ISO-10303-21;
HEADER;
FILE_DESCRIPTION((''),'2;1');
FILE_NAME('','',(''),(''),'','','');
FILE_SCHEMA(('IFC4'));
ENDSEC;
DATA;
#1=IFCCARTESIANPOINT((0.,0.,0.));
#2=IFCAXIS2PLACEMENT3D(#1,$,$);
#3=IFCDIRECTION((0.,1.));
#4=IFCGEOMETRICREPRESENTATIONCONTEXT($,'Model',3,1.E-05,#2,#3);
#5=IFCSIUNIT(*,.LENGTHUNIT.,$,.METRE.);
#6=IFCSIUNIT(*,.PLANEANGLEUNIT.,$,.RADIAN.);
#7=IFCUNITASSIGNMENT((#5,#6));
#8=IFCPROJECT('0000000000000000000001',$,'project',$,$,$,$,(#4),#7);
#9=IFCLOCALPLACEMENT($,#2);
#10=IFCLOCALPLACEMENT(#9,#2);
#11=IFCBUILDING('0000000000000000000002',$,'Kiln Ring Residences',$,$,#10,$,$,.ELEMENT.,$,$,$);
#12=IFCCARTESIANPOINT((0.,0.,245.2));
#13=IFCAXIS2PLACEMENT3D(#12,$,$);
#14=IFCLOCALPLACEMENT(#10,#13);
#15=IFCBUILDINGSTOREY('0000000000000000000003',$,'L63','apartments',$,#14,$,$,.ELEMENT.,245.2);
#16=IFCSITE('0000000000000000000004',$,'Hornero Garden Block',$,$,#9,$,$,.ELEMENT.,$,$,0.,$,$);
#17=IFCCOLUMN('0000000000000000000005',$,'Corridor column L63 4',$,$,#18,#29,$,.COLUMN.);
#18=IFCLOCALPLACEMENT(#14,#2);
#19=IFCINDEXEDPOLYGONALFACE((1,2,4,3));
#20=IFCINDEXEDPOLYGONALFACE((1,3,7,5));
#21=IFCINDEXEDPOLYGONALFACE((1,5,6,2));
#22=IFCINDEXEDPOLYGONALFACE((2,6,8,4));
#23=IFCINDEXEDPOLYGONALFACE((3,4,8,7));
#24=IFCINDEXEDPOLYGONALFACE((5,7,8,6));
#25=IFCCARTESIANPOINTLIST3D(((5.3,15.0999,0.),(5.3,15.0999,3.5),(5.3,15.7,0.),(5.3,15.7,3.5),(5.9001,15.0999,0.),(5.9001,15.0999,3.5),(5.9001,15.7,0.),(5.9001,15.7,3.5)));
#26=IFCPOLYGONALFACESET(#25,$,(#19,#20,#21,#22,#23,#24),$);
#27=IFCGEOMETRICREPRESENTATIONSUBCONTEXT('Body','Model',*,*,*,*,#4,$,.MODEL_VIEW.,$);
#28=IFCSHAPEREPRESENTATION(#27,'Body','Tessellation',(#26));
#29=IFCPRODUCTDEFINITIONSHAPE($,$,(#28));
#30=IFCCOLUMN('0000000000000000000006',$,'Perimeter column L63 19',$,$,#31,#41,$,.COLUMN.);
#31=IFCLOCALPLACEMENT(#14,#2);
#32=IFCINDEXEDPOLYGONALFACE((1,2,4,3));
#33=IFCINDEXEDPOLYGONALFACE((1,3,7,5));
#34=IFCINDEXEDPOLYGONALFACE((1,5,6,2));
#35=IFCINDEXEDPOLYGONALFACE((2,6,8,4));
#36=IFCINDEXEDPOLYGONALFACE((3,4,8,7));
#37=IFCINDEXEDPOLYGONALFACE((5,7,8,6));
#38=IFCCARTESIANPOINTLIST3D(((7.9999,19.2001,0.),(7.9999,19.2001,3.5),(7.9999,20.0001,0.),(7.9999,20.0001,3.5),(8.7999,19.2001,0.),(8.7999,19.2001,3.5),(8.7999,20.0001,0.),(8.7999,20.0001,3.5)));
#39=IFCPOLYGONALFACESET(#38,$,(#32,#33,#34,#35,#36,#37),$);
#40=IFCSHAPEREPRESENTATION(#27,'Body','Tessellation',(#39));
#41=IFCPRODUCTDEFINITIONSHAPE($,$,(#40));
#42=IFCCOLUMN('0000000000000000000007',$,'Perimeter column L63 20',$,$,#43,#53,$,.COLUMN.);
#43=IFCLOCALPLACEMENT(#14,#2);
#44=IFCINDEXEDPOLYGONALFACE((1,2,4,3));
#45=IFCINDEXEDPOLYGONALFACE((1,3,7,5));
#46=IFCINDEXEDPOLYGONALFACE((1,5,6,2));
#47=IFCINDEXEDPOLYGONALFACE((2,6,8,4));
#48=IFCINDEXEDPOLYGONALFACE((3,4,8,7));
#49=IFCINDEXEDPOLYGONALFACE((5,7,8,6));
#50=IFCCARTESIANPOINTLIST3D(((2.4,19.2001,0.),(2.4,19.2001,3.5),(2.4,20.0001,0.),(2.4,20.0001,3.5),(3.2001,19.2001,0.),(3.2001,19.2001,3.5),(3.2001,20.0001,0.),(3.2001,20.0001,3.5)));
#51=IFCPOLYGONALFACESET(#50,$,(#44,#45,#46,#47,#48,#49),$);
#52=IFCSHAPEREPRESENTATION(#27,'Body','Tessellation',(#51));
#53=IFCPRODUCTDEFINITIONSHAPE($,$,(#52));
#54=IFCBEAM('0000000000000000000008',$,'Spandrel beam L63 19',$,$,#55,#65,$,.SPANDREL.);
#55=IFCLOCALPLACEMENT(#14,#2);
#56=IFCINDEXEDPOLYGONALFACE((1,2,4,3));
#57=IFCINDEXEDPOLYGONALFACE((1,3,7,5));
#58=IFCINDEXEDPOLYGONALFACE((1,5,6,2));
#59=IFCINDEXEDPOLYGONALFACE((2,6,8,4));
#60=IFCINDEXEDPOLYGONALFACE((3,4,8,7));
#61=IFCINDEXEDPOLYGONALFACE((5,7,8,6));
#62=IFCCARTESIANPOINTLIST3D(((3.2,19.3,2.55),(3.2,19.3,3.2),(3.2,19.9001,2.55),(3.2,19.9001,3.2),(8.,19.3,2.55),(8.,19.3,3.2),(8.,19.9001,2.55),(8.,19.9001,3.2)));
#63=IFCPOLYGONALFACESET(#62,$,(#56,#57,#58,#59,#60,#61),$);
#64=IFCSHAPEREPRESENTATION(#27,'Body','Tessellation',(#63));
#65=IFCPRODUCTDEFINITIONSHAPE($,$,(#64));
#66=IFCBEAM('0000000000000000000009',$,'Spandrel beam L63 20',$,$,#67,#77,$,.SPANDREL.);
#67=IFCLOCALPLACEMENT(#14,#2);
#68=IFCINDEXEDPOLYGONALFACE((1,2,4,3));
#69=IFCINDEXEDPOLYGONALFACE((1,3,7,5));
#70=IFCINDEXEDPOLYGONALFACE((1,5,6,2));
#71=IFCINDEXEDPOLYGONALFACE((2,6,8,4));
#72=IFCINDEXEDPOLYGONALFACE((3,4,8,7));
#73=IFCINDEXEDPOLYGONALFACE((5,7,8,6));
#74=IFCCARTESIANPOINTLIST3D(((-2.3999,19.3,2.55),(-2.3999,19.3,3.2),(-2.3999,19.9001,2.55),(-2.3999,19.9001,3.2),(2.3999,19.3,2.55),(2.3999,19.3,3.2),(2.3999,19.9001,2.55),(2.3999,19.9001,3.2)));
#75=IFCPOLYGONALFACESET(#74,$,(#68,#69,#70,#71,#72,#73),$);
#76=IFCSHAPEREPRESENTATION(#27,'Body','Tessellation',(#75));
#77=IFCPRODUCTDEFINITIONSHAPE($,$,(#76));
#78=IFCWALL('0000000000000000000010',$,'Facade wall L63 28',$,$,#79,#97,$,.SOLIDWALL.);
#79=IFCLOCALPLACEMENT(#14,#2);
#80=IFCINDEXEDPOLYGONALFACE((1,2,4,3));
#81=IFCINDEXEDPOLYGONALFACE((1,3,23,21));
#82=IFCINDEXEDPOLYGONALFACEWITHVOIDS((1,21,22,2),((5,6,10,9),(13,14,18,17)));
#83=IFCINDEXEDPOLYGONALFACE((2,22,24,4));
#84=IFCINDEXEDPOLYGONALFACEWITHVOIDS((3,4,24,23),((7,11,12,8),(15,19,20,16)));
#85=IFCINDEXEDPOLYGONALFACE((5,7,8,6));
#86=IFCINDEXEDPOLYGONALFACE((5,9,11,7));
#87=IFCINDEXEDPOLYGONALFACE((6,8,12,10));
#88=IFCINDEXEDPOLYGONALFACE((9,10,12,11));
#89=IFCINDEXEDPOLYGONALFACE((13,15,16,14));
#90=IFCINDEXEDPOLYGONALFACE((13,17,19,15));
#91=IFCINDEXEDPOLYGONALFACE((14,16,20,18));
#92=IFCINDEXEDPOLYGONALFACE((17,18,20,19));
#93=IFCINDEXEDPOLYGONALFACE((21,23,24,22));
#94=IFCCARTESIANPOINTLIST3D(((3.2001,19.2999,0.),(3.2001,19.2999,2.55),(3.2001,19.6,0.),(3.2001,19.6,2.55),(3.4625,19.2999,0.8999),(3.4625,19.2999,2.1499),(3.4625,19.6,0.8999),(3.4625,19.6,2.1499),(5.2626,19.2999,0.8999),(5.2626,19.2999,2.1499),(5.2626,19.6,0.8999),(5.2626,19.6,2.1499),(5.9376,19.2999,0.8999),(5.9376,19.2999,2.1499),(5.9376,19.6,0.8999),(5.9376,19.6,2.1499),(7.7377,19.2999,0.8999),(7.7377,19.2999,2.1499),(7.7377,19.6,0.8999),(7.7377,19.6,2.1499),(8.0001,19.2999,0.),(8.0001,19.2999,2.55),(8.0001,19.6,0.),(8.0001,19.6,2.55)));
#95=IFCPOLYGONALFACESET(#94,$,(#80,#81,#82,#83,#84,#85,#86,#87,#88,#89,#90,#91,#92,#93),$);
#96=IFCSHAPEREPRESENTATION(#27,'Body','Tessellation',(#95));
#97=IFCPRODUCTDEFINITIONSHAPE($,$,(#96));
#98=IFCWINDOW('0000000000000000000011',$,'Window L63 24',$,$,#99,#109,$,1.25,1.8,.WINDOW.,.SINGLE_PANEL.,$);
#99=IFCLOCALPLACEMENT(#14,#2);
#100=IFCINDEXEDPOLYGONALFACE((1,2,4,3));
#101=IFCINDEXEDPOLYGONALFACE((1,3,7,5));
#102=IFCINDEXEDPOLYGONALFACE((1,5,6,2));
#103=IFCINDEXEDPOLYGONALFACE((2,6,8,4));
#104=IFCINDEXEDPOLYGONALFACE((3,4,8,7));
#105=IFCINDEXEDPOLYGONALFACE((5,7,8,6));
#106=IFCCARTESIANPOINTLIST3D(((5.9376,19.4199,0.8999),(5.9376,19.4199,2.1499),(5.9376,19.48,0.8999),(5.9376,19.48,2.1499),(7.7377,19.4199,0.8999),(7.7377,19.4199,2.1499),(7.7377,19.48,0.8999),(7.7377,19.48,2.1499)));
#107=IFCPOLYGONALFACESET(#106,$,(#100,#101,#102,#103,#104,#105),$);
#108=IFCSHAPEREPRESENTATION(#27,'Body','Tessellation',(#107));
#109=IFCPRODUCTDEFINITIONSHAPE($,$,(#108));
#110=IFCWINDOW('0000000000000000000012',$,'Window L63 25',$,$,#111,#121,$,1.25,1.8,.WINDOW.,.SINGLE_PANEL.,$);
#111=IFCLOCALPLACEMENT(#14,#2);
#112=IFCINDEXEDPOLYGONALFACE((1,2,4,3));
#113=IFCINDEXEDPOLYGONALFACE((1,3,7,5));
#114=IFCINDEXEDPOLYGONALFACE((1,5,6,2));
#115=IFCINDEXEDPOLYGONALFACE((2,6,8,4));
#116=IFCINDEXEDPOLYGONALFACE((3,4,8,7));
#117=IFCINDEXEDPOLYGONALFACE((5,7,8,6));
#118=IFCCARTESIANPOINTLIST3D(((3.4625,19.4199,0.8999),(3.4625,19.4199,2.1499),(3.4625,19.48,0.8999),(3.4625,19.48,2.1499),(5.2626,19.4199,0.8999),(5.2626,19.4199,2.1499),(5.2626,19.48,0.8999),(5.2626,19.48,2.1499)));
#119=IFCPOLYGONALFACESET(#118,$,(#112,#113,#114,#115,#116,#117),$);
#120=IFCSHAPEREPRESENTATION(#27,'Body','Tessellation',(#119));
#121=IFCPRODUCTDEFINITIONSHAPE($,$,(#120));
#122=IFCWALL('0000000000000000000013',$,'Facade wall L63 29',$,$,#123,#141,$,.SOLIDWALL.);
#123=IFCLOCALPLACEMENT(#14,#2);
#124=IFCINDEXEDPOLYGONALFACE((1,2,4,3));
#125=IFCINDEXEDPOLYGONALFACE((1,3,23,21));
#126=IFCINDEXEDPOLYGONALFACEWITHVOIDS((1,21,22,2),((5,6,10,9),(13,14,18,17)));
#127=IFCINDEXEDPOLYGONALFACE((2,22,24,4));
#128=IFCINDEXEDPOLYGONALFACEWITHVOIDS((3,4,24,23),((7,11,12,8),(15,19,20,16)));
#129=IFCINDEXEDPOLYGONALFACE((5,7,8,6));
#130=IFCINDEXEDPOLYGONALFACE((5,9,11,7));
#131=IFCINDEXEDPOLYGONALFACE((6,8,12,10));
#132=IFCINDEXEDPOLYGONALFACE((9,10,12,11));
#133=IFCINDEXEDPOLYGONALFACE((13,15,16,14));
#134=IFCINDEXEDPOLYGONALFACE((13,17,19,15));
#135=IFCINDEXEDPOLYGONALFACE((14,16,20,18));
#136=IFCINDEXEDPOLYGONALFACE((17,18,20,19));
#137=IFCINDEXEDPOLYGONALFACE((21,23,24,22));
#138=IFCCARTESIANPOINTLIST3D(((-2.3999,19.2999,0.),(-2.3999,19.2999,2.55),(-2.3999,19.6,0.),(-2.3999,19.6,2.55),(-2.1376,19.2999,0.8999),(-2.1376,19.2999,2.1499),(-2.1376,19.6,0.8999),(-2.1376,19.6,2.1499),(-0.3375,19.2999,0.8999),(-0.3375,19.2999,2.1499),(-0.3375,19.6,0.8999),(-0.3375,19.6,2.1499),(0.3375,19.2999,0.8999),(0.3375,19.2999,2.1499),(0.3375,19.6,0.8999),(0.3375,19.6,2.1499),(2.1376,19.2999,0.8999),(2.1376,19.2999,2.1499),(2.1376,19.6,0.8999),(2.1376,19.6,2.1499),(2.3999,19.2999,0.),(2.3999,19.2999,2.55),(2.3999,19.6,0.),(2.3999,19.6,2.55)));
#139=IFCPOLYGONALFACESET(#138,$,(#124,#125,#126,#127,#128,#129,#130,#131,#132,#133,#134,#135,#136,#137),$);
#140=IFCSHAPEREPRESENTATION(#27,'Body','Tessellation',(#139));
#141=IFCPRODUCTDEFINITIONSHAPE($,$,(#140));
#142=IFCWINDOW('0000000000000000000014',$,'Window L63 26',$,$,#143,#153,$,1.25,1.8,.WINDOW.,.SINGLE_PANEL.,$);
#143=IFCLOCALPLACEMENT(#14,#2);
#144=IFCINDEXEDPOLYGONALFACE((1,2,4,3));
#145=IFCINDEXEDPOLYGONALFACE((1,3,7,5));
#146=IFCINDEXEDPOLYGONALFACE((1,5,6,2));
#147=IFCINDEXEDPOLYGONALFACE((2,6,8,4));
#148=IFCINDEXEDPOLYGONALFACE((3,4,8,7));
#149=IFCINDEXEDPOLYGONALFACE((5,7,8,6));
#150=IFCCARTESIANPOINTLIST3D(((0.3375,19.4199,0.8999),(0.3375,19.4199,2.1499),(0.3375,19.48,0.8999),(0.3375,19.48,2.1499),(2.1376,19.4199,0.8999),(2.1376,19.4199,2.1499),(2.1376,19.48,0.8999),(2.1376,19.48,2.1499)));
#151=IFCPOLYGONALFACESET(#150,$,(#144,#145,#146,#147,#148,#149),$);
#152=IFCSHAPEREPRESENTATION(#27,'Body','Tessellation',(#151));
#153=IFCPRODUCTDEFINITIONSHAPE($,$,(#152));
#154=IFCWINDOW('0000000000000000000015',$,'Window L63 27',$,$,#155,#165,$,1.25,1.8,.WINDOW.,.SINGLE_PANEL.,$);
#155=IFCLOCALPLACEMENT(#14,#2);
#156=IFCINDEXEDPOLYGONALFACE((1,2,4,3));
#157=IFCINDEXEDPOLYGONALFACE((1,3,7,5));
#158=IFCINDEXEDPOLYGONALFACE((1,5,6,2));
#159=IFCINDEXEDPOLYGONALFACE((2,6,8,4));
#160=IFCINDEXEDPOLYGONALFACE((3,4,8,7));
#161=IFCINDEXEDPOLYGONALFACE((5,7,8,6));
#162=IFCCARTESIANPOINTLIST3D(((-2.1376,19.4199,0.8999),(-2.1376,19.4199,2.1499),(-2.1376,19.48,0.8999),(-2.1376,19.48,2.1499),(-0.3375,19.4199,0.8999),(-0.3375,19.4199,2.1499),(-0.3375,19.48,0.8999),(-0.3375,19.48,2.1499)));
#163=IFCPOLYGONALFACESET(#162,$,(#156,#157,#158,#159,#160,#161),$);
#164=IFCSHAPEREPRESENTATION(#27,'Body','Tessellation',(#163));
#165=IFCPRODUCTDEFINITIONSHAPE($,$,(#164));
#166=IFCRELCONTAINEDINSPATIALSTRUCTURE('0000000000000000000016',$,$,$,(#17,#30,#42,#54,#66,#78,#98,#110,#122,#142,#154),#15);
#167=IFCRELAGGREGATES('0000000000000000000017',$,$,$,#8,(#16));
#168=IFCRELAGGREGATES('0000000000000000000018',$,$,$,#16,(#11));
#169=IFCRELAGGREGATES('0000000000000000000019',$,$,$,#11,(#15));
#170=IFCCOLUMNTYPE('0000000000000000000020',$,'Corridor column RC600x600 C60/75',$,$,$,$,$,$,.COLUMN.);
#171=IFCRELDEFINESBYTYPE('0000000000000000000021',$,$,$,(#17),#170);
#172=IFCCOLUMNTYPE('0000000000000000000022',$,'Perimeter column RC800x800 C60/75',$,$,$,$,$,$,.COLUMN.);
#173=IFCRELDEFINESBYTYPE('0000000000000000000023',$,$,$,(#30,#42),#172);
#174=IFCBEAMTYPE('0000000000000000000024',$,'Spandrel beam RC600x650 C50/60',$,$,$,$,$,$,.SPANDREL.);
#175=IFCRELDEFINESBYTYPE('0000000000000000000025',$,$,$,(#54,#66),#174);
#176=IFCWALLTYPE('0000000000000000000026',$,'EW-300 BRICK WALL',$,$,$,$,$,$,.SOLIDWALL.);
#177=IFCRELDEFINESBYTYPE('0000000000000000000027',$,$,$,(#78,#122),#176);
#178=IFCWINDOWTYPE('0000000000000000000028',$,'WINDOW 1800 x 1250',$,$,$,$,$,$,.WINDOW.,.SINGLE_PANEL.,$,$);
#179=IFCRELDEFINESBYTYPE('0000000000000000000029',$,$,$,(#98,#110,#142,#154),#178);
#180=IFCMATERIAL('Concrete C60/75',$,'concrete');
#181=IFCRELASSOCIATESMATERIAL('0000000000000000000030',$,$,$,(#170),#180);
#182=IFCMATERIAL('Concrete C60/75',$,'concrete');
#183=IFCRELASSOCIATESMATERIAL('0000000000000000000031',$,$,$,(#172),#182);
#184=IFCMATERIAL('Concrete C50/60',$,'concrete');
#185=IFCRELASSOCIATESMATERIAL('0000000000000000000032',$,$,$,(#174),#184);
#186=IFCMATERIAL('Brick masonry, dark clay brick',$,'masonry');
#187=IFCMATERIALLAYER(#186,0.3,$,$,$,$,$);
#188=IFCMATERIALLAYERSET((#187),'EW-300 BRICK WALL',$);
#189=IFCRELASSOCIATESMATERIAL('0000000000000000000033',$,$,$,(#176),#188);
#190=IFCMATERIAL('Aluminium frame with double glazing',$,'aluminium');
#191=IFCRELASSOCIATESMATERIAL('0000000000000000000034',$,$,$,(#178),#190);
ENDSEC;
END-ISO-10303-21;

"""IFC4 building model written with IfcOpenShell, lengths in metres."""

from ifc_helpers import new_model, si_unit, direction, frame, frame_2d, origin, origin_2d, place, context, subcontext, project, spatial, rectangle, extrude, material, layer, layer_set, material_profile, profile_set, type_object, element, fill, save


model = new_model("IFC4")

# Units and contexts
model_context = context("Model", 3, precision=1e-05, world=origin(), true_north=direction((0.0, 1.0)))
body_context = subcontext(model_context, "Body", "Model", "MODEL_VIEW")
ifc_project = project(units=[si_unit("LENGTHUNIT", "METRE"), si_unit("PLANEANGLEUNIT", "RADIAN")], contexts=[model_context])

# Site, building, storey
site_placement = place(None, origin())
site = spatial("IfcSite", under=ifc_project, at=site_placement, Name="Hornero Garden Block", CompositionType="ELEMENT", RefElevation=0.0)
building_placement = place(site_placement, origin())
building = spatial("IfcBuilding", under=site, at=building_placement, Name="Kiln Ring Residences", CompositionType="ELEMENT")
storey_placement = place(building_placement, frame((0.0, 0.0, 245.2)))
storey = spatial("IfcBuildingStorey", under=building, at=storey_placement, Name="L63", Description="apartments", CompositionType="ELEMENT", Elevation=245.2)

# Columns
ifc_material_1 = material(Name="Concrete C60/75", Category="concrete")
ifc_material_profile_1 = material_profile(ifc_material_1, rectangle(XDim=0.6001, YDim=0.6001, at=origin_2d()), Name="RC600x600")
ifc_profile_set_1 = profile_set([ifc_material_profile_1], Name="Concrete C60/75")
column_type_1 = type_object("IfcColumnType", Name="Corridor column RC600x600 C60/75", PredefinedType="COLUMN", material=ifc_profile_set_1)
column_placement = place(storey_placement, frame((5.6001, 15.3999, 0.0), z_axis=(0.0, 0.0, 1.0), x_axis=(1.0, 0.0, 0.0)))
element("IfcColumn", 1, at=column_placement, inside=storey, type_object=column_type_1, Name="Corridor column L63 4", PredefinedType="COLUMN", context=body_context, shape_type="SweptSolid", body=[
    extrude(rectangle(XDim=0.6001, YDim=0.6001, at=origin_2d()), origin(), (0.0, 0.0, 1.0), 3.5),
])
ifc_material_2 = material(Name="Concrete C60/75", Category="concrete")
ifc_material_profile_2 = material_profile(ifc_material_2, rectangle(XDim=0.8, YDim=0.8, at=origin_2d()), Name="RC800x800")
ifc_profile_set_2 = profile_set([ifc_material_profile_2], Name="Concrete C60/75")
column_type_2 = type_object("IfcColumnType", Name="Perimeter column RC800x800 C60/75", PredefinedType="COLUMN", material=ifc_profile_set_2)
for number, where, z_axis, x_axis, name in (
    (2, (8.3999, 19.6001, 0.0), (0.0, 0.0, 1.0), (1.0, 0.0, 0.0), "Perimeter column L63 19"),
    (3, (2.8, 19.6001, 0.0), (0.0, 0.0, 1.0), (1.0, 0.0, 0.0), "Perimeter column L63 20"),
):
    element("IfcColumn", number, at=place(storey_placement, frame(where, z_axis=z_axis, x_axis=x_axis)), inside=storey, type_object=column_type_2, Name=name, PredefinedType="COLUMN", context=body_context, shape_type="SweptSolid", body=[
        extrude(rectangle(XDim=0.8, YDim=0.8, at=origin_2d()), origin(), (0.0, 0.0, 1.0), 3.5),
    ])

# Beams
ifc_material_3 = material(Name="Concrete C50/60", Category="concrete")
ifc_material_profile_3 = material_profile(ifc_material_3, rectangle(XDim=0.6001, YDim=0.6499, at=origin_2d()), Name="RC600x650")
ifc_profile_set_3 = profile_set([ifc_material_profile_3], Name="Concrete C50/60")
beam_type = type_object("IfcBeamType", Name="Spandrel beam RC600x650 C50/60", PredefinedType="SPANDREL", material=ifc_profile_set_3)
beam_1_placement = place(storey_placement, frame((8.0, 19.6001, 2.875), z_axis=(-1.0, 0.0, 0.0), x_axis=(0.0, -1.0, 0.0)))
element("IfcBeam", 4, at=beam_1_placement, inside=storey, type_object=beam_type, Name="Spandrel beam L63 19", PredefinedType="SPANDREL", context=body_context, shape_type="SweptSolid", body=[
    extrude(rectangle(XDim=0.6001, YDim=0.6499, at=origin_2d()), origin(), (0.0, 0.0, 1.0), 4.8),
])
beam_2_placement = place(storey_placement, frame((2.3999, 19.6001, 2.875), z_axis=(-1.0, 0.0, 0.0), x_axis=(0.0, -1.0, 0.0)))
element("IfcBeam", 5, at=beam_2_placement, inside=storey, type_object=beam_type, Name="Spandrel beam L63 20", PredefinedType="SPANDREL", context=body_context, shape_type="SweptSolid", body=[
    extrude(rectangle(XDim=0.6001, YDim=0.6499, at=origin_2d()), origin(), (0.0, 0.0, 1.0), 4.7998),
])

# Walls, openings, windows
ifc_material_4 = material(Name="Brick masonry, dark clay brick", Category="masonry")
ifc_layer_1 = layer(ifc_material_4, 0.3)
ifc_layer_set_1 = layer_set([ifc_layer_1], Name="EW-300 BRICK WALL")
wall_type_1 = type_object("IfcWallType", Name="EW-300 BRICK WALL", PredefinedType="SOLIDWALL", material=ifc_layer_set_1)
wall_1_placement = place(storey_placement, frame((8.0, 19.45, 0.0), z_axis=(0.0, 0.0, 1.0), x_axis=(-1.0, 0.0, 0.0)))
wall_1 = element("IfcWall", 6, at=wall_1_placement, inside=storey, type_object=wall_type_1, Name="Facade wall L63 28", PredefinedType="SOLIDWALL", context=body_context, shape_type="SweptSolid", body=[
    extrude(rectangle(XDim=4.8, YDim=0.3, at=frame_2d((2.3999, 0.0))), origin(), (0.0, 0.0, 1.0), 2.55),
])
opening_1_placement = place(wall_1_placement, frame((0.2625, 0.0, 0.8999)))
opening_1 = element("IfcOpeningElement", 7, at=opening_1_placement, cuts=wall_1, PredefinedType="OPENING", context=body_context, shape_type="SweptSolid", body=[
    extrude(rectangle(XDim=1.8, YDim=1.25, at=frame_2d((0.8999, 0.625))), frame((0.0, 0.1599, 0.0), z_axis=(0.0, -1.0, 0.0), x_axis=(1.0, 0.0, 0.0)), (0.0, 0.0, 1.0), 0.3201),
])
opening_2_placement = place(wall_1_placement, frame((2.7375, 0.0, 0.8999)))
opening_2 = element("IfcOpeningElement", 8, at=opening_2_placement, cuts=wall_1, PredefinedType="OPENING", context=body_context, shape_type="SweptSolid", body=[
    extrude(rectangle(XDim=1.8, YDim=1.25, at=frame_2d((0.8999, 0.625))), frame((0.0, 0.1599, 0.0), z_axis=(0.0, -1.0, 0.0), x_axis=(1.0, 0.0, 0.0)), (0.0, 0.0, 1.0), 0.3201),
])
ifc_material_5 = material(Name="Aluminium frame with double glazing", Category="aluminium")
window_type = type_object("IfcWindowType", Name="WINDOW 1800 x 1250", PartitioningType="SINGLE_PANEL", PredefinedType="WINDOW", material=ifc_material_5)
window_1_placement = place(opening_1_placement, origin())
window_1 = element("IfcWindow", 9, at=window_1_placement, inside=storey, type_object=window_type, Name="Window L63 24", OverallHeight=1.25, OverallWidth=1.8, PartitioningType="SINGLE_PANEL", PredefinedType="WINDOW", context=body_context, shape_type="SweptSolid", body=[
    extrude(rectangle(XDim=1.8, YDim=1.25, at=frame_2d((0.8999, 0.625))), frame((0.0, 0.03, 0.0), z_axis=(0.0, -1.0, 0.0), x_axis=(1.0, 0.0, 0.0)), (0.0, 0.0, 1.0), 0.0601),
])
fill(opening_1, window_1)
window_2_placement = place(opening_2_placement, origin())
window_2 = element("IfcWindow", 10, at=window_2_placement, inside=storey, type_object=window_type, Name="Window L63 25", OverallHeight=1.25, OverallWidth=1.8, PartitioningType="SINGLE_PANEL", PredefinedType="WINDOW", context=body_context, shape_type="SweptSolid", body=[
    extrude(rectangle(XDim=1.8, YDim=1.25, at=frame_2d((0.8999, 0.625))), frame((0.0, 0.03, 0.0), z_axis=(0.0, -1.0, 0.0), x_axis=(1.0, 0.0, 0.0)), (0.0, 0.0, 1.0), 0.0601),
])
fill(opening_2, window_2)
wall_2_placement = place(storey_placement, frame((2.3999, 19.45, 0.0), z_axis=(0.0, 0.0, 1.0), x_axis=(-1.0, 0.0, 0.0)))
wall_2 = element("IfcWall", 11, at=wall_2_placement, inside=storey, type_object=wall_type_1, Name="Facade wall L63 29", PredefinedType="SOLIDWALL", context=body_context, shape_type="SweptSolid", body=[
    extrude(rectangle(XDim=4.7998, YDim=0.3, at=frame_2d((2.3999, 0.0))), origin(), (0.0, 0.0, 1.0), 2.55),
])
opening_3_placement = place(wall_2_placement, frame((0.2625, 0.0, 0.8999)))
opening_3 = element("IfcOpeningElement", 12, at=opening_3_placement, cuts=wall_2, PredefinedType="OPENING", context=body_context, shape_type="SweptSolid", body=[
    extrude(rectangle(XDim=1.8, YDim=1.25, at=frame_2d((0.8999, 0.625))), frame((0.0, 0.1599, 0.0), z_axis=(0.0, -1.0, 0.0), x_axis=(1.0, 0.0, 0.0)), (0.0, 0.0, 1.0), 0.3201),
])
opening_4_placement = place(wall_2_placement, frame((2.7375, 0.0, 0.8999)))
opening_4 = element("IfcOpeningElement", 13, at=opening_4_placement, cuts=wall_2, PredefinedType="OPENING", context=body_context, shape_type="SweptSolid", body=[
    extrude(rectangle(XDim=1.8, YDim=1.25, at=frame_2d((0.8999, 0.625))), frame((0.0, 0.1599, 0.0), z_axis=(0.0, -1.0, 0.0), x_axis=(1.0, 0.0, 0.0)), (0.0, 0.0, 1.0), 0.3201),
])
window_3_placement = place(opening_3_placement, origin())
window_3 = element("IfcWindow", 14, at=window_3_placement, inside=storey, type_object=window_type, Name="Window L63 26", OverallHeight=1.25, OverallWidth=1.8, PartitioningType="SINGLE_PANEL", PredefinedType="WINDOW", context=body_context, shape_type="SweptSolid", body=[
    extrude(rectangle(XDim=1.8, YDim=1.25, at=frame_2d((0.8999, 0.625))), frame((0.0, 0.03, 0.0), z_axis=(0.0, -1.0, 0.0), x_axis=(1.0, 0.0, 0.0)), (0.0, 0.0, 1.0), 0.0601),
])
fill(opening_3, window_3)
window_4_placement = place(opening_4_placement, origin())
window_4 = element("IfcWindow", 15, at=window_4_placement, inside=storey, type_object=window_type, Name="Window L63 27", OverallHeight=1.25, OverallWidth=1.8, PartitioningType="SINGLE_PANEL", PredefinedType="WINDOW", context=body_context, shape_type="SweptSolid", body=[
    extrude(rectangle(XDim=1.8, YDim=1.25, at=frame_2d((0.8999, 0.625))), frame((0.0, 0.03, 0.0), z_axis=(0.0, -1.0, 0.0), x_axis=(1.0, 0.0, 0.0)), (0.0, 0.0, 1.0), 0.0601),
])
fill(opening_4, window_4)

save(model, "model.ifc")
